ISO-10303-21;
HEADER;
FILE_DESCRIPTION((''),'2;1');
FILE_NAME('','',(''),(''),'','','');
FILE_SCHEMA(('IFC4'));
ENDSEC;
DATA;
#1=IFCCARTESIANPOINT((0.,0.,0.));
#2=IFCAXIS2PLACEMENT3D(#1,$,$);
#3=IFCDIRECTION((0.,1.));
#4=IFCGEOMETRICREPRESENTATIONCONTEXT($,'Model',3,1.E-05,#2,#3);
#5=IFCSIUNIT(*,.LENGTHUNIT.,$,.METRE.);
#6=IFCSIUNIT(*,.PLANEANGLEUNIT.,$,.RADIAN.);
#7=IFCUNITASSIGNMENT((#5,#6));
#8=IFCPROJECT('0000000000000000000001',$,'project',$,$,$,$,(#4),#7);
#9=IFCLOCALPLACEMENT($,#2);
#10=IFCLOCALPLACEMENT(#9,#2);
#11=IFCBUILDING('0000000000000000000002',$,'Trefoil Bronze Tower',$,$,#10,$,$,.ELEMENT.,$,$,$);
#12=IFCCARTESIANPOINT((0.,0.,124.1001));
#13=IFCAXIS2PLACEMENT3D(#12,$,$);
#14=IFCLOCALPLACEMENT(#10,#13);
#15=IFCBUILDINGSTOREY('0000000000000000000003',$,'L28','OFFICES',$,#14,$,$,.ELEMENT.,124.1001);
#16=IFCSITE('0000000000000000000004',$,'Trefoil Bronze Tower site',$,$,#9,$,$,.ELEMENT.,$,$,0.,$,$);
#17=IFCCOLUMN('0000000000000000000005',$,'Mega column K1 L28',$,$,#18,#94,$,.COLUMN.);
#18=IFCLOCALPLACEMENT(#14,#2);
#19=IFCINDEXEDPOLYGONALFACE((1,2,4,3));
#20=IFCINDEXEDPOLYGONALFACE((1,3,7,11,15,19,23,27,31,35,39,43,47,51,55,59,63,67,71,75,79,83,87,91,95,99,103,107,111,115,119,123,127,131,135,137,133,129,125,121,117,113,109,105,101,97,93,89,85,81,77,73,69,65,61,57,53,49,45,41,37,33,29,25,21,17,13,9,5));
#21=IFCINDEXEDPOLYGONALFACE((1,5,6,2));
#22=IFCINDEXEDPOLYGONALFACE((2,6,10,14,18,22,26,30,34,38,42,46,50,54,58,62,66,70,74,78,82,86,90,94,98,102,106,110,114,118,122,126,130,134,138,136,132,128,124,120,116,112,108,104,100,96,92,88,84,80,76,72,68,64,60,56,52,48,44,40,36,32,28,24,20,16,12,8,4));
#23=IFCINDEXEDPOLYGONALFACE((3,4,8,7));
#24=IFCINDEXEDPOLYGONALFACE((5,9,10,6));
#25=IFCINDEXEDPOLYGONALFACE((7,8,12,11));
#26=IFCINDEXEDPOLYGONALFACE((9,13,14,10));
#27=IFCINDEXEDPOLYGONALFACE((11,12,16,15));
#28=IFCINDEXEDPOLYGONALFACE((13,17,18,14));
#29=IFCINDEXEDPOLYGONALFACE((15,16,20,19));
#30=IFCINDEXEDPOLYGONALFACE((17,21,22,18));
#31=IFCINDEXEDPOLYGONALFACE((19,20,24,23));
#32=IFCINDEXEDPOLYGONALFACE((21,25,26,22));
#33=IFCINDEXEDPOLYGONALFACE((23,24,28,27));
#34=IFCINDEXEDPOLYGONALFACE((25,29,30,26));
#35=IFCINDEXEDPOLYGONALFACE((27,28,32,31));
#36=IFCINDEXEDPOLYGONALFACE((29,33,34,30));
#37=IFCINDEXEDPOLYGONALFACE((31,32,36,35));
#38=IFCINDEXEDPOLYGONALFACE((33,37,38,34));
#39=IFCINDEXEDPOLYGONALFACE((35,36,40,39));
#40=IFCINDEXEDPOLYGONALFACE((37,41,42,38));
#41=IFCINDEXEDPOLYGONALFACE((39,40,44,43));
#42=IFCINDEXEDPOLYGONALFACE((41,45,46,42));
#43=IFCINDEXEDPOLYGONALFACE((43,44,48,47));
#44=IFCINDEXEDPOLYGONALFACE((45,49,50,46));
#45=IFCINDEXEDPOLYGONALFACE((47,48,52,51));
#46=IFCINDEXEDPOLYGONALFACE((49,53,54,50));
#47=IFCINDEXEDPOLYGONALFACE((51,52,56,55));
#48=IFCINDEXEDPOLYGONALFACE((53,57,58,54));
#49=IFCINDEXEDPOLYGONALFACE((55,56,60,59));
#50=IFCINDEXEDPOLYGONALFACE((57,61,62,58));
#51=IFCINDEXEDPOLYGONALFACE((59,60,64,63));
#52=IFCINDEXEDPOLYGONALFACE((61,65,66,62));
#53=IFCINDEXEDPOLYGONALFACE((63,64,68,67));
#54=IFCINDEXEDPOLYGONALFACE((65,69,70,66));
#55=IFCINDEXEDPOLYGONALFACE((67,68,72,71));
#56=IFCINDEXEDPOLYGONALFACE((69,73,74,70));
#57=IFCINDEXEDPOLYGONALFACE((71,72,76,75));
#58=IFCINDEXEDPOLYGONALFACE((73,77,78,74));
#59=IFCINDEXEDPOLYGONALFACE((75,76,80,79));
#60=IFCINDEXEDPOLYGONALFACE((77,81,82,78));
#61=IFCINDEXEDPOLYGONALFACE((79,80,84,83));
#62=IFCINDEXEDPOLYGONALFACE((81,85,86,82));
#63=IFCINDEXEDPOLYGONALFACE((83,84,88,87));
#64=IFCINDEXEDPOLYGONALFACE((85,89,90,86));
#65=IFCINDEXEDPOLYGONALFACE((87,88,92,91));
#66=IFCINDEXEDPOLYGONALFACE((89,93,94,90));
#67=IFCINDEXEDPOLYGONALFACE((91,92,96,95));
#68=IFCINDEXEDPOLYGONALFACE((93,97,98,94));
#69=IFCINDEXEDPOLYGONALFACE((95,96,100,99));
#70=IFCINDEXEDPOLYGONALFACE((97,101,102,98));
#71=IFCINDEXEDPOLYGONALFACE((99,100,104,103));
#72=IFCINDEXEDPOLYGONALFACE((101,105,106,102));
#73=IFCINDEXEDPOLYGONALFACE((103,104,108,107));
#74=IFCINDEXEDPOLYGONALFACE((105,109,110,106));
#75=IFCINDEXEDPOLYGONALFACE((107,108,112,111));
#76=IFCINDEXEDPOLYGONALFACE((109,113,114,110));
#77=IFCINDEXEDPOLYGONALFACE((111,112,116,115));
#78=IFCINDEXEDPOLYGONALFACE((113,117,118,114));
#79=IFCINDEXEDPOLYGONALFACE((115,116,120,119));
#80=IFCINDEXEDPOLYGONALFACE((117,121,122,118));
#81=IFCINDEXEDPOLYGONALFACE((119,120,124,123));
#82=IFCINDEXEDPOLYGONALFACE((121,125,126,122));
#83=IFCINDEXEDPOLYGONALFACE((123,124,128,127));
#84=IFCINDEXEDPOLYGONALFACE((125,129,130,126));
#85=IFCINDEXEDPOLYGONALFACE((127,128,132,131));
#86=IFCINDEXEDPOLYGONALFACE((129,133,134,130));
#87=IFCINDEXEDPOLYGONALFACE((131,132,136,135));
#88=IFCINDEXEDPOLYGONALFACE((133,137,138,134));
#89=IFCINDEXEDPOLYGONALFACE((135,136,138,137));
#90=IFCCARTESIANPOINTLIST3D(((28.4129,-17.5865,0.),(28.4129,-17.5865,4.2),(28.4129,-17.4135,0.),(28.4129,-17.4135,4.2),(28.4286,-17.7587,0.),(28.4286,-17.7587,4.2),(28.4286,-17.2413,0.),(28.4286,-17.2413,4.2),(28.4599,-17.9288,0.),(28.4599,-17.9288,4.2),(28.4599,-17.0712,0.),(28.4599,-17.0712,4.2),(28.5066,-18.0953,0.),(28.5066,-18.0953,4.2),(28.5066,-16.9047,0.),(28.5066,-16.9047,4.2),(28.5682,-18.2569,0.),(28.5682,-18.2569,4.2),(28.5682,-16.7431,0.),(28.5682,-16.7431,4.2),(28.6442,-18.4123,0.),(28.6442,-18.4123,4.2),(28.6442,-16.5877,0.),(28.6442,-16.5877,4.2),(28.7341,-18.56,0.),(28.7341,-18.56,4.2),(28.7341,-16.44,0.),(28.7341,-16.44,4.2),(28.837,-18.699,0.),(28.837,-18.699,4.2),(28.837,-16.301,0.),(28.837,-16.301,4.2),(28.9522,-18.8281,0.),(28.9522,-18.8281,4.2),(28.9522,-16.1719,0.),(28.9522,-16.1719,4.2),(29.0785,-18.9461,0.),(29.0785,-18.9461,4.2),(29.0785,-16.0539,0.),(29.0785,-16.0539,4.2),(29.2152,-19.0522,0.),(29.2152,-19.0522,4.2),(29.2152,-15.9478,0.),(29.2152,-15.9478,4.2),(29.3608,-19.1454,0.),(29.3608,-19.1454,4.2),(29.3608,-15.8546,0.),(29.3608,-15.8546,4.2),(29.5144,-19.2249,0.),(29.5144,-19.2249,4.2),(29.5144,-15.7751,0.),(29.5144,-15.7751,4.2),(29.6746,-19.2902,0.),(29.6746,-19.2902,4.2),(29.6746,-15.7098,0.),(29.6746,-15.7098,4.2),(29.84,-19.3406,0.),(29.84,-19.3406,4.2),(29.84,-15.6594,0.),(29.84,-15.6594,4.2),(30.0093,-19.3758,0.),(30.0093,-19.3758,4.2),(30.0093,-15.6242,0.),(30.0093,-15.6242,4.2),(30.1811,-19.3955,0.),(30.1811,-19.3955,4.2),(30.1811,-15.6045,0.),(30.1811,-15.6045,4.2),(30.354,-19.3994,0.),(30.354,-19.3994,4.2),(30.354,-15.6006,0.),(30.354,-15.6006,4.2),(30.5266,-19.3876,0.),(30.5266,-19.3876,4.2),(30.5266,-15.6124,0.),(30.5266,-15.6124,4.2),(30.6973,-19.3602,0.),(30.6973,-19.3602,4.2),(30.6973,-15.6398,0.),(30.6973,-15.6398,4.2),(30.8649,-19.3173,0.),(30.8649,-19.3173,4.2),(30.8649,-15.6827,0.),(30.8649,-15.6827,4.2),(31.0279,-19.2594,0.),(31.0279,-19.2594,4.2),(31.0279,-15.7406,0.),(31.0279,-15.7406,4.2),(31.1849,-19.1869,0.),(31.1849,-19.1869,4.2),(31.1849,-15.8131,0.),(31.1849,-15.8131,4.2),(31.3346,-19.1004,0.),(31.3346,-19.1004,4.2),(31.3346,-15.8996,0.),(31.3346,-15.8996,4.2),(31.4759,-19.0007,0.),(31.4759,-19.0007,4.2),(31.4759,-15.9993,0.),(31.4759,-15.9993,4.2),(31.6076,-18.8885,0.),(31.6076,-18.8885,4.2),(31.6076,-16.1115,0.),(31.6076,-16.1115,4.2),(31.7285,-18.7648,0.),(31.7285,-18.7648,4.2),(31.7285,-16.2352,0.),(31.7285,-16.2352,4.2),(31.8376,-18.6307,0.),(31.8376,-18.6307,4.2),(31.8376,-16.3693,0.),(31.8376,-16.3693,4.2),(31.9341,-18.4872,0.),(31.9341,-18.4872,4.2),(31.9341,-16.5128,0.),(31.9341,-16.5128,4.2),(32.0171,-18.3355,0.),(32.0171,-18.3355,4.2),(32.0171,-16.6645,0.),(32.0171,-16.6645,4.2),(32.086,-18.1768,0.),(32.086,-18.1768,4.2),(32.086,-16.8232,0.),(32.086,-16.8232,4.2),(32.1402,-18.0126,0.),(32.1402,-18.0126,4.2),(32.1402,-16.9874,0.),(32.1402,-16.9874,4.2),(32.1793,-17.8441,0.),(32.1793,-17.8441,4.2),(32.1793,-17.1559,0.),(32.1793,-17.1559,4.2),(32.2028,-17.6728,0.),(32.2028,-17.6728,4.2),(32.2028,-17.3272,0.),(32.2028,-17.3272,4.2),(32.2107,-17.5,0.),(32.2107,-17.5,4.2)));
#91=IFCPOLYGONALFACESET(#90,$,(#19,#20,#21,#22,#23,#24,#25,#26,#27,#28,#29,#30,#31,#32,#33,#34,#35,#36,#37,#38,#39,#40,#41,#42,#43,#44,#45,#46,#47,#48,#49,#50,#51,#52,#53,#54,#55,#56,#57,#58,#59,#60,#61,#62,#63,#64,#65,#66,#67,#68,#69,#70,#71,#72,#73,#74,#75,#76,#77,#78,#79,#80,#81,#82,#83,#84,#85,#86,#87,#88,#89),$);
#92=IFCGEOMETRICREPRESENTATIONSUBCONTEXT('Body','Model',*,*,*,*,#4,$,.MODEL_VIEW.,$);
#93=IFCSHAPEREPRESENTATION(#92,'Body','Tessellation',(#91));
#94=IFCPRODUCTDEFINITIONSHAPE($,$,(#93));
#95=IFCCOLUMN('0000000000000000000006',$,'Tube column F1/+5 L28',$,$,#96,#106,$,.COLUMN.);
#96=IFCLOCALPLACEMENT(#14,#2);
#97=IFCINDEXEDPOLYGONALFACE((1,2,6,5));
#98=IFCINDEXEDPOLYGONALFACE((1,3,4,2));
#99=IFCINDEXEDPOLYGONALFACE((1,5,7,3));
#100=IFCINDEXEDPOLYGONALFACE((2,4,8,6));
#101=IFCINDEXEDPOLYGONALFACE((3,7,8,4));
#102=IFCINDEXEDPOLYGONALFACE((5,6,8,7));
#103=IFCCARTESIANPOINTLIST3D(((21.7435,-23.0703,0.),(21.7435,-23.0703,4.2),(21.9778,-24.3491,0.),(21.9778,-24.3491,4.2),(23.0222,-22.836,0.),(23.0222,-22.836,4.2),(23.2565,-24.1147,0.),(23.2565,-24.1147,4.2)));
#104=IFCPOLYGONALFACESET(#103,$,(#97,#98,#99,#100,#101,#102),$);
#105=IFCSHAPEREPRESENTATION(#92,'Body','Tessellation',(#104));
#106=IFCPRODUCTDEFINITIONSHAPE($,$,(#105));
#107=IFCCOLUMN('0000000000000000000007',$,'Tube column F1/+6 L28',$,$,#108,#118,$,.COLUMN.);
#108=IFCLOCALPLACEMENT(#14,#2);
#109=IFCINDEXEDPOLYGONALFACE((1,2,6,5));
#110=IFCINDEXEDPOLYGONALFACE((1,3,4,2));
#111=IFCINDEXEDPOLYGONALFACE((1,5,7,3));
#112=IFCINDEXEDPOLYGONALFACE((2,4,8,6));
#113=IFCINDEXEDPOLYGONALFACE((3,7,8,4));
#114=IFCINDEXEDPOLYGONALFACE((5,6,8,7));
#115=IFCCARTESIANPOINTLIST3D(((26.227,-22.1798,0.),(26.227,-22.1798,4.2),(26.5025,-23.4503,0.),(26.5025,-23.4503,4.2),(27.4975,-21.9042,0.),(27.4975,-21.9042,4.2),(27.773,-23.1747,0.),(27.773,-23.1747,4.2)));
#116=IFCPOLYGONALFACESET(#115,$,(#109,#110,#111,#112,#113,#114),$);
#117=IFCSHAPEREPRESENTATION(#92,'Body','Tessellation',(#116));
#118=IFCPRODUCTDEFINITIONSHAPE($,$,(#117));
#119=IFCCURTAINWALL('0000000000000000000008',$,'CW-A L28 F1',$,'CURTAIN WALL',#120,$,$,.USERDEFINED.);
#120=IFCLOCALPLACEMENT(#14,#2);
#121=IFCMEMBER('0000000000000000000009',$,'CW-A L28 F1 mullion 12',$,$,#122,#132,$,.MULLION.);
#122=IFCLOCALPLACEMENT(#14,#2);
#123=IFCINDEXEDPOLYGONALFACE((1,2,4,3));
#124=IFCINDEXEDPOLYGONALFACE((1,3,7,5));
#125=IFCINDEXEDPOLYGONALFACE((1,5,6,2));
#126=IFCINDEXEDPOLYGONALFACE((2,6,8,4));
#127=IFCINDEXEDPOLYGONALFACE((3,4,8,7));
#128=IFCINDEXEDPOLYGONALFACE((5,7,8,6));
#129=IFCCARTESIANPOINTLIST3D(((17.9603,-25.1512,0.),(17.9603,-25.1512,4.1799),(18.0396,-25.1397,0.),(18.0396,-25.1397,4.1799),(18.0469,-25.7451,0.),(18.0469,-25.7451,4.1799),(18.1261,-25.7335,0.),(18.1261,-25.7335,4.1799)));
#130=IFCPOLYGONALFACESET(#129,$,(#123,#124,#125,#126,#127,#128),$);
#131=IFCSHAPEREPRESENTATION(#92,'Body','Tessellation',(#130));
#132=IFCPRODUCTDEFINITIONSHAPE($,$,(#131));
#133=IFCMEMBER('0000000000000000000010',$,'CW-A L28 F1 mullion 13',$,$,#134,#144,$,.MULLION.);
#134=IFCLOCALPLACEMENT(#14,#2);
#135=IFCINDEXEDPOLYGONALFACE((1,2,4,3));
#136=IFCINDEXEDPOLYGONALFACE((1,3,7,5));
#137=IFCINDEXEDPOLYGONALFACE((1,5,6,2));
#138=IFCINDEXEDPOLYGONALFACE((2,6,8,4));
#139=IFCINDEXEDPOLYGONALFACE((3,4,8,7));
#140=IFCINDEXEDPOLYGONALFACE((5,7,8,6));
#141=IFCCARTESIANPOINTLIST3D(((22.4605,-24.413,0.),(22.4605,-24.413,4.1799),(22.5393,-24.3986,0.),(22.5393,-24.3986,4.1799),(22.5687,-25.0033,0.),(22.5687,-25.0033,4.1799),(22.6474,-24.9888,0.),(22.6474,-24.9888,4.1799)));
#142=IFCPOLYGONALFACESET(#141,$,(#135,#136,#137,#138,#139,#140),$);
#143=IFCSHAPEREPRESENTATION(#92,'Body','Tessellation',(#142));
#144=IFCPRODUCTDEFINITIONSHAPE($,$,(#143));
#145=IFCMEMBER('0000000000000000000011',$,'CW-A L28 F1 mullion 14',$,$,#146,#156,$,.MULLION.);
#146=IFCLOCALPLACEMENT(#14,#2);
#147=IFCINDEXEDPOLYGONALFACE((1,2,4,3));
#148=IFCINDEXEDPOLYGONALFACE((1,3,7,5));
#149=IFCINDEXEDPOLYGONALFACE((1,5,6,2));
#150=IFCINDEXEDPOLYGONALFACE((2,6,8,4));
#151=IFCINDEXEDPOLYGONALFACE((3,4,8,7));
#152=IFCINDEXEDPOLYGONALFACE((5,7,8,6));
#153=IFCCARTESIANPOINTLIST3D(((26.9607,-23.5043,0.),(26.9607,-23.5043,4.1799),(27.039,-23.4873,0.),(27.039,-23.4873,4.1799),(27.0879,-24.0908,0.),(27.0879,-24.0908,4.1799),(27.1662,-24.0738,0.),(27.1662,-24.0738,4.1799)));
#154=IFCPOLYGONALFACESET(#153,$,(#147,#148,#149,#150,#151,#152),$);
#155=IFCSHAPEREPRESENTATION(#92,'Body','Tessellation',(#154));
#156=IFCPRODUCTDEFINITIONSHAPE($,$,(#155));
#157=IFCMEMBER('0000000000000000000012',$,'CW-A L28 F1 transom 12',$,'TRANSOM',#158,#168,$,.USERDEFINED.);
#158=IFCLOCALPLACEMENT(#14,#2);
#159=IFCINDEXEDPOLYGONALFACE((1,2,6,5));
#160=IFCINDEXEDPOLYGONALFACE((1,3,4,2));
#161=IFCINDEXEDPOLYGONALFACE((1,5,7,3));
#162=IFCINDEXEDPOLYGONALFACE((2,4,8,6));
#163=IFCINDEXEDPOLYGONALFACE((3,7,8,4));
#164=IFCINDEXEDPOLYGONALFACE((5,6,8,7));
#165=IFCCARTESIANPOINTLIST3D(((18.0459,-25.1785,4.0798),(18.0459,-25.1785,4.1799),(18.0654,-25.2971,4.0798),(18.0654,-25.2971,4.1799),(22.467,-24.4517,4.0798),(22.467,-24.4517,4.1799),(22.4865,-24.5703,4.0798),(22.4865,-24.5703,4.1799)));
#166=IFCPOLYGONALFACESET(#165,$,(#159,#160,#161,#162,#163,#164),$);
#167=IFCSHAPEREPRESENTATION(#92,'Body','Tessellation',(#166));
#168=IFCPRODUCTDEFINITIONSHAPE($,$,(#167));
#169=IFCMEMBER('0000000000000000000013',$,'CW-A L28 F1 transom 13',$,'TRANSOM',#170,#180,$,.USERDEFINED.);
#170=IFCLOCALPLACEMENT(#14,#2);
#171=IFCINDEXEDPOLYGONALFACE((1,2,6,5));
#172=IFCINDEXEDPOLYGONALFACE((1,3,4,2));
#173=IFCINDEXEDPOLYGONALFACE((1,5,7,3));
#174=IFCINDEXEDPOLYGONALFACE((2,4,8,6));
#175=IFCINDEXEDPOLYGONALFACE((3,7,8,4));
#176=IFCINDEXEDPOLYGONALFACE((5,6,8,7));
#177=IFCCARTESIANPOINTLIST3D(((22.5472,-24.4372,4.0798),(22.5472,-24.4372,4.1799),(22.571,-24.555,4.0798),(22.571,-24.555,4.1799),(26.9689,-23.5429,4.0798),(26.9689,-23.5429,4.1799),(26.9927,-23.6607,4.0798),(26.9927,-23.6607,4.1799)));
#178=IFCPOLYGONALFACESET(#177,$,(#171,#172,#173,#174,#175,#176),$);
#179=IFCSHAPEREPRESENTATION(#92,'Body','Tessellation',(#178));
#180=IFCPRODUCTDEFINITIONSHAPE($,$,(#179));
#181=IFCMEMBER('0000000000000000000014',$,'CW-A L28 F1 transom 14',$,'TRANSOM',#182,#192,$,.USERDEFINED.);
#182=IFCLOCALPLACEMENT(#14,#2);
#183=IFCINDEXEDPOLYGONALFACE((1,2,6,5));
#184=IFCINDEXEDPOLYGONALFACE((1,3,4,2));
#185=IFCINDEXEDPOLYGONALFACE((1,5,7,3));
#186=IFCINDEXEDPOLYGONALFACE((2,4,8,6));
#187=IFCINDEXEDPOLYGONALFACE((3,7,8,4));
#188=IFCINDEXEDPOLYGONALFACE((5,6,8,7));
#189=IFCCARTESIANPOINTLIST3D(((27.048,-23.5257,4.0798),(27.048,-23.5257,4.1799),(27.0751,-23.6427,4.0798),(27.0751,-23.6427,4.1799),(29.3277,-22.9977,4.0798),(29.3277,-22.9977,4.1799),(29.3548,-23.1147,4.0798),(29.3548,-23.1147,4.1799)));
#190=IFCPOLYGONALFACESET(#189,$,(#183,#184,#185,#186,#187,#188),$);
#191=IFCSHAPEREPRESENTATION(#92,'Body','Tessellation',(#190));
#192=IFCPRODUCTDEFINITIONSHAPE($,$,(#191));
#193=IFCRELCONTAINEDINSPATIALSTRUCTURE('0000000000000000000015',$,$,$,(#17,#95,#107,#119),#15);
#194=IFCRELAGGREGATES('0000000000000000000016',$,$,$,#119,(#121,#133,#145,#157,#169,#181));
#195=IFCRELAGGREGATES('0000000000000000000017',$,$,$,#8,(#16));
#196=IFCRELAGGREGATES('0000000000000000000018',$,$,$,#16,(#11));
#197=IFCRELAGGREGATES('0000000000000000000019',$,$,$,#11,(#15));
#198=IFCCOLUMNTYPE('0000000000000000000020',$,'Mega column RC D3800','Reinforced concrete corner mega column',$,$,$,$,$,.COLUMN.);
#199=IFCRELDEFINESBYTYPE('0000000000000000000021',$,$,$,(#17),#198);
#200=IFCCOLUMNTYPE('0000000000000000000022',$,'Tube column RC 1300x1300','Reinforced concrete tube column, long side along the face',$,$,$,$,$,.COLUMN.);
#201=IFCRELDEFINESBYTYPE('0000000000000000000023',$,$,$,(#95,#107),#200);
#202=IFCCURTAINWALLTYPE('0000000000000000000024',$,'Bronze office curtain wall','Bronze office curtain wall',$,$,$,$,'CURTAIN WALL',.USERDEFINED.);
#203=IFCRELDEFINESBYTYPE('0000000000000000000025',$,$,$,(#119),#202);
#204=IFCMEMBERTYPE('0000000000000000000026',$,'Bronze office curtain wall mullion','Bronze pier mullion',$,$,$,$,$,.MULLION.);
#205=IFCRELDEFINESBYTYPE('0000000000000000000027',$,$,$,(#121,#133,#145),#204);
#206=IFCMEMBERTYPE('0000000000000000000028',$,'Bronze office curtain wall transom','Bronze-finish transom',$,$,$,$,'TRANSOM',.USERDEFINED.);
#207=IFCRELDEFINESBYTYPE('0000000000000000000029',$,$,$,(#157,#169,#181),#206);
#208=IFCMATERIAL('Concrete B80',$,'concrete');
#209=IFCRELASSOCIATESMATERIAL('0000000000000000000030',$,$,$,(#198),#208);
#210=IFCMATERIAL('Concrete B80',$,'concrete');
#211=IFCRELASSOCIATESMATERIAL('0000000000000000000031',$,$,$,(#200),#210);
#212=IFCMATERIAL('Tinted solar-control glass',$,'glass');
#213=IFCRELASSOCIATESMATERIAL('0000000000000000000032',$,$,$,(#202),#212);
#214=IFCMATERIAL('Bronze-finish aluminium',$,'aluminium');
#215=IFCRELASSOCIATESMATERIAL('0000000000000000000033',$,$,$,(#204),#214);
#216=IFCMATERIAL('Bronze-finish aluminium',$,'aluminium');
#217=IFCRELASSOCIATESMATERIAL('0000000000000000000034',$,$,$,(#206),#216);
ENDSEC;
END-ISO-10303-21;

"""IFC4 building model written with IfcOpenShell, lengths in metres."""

from ifc_helpers import new_model, si_unit, direction, frame, origin, origin_2d, place, context, subcontext, project, spatial, rectangle, circle, extrude, material, material_profile, profile_set, type_object, element, aggregate, save


model = new_model("IFC4")

# Units and contexts
model_context = context("Model", 3, precision=1e-05, world=origin(), true_north=direction((0.0, 1.0)))
body_context = subcontext(model_context, "Body", "Model", "MODEL_VIEW")
ifc_project = project(units=[si_unit("LENGTHUNIT", "METRE"), si_unit("PLANEANGLEUNIT", "RADIAN")], contexts=[model_context])

# Site, building, storey
site_placement = place(None, origin())
site = spatial("IfcSite", under=ifc_project, at=site_placement, Name="Trefoil Bronze Tower site", CompositionType="ELEMENT", RefElevation=0.0)
building_placement = place(site_placement, origin())
building = spatial("IfcBuilding", under=site, at=building_placement, Name="Trefoil Bronze Tower", CompositionType="ELEMENT")
storey_placement = place(building_placement, frame((0.0, 0.0, 124.1001)))
storey = spatial("IfcBuildingStorey", under=building, at=storey_placement, Name="L28", Description="OFFICES", CompositionType="ELEMENT", Elevation=124.1001)

# Columns
ifc_material_1 = material(Name="Concrete B80", Category="concrete")
ifc_material_profile_1 = material_profile(ifc_material_1, circle(Radius=1.8999, at=origin_2d()), Name="RC D3800")
ifc_profile_set_1 = profile_set([ifc_material_profile_1], Name="Concrete B80")
column_type_1 = type_object("IfcColumnType", Name="Mega column RC D3800", Description="Reinforced concrete corner mega column", PredefinedType="COLUMN", material=ifc_profile_set_1)
column_placement = place(storey_placement, frame((30.3108, -17.5, 0.0), z_axis=(0.0, 0.0, 1.0), x_axis=(1.0, 0.0, 0.0)))
element("IfcColumn", 1, at=column_placement, inside=storey, type_object=column_type_1, Name="Mega column K1 L28", PredefinedType="COLUMN", context=body_context, shape_type="SweptSolid", body=[
    extrude(circle(Radius=1.8999, at=origin_2d()), origin(), (0.0, 0.0, 1.0), 4.2),
])
ifc_material_2 = material(Name="Concrete B80", Category="concrete")
ifc_material_profile_2 = material_profile(ifc_material_2, rectangle(XDim=1.3, YDim=1.3, at=origin_2d()), Name="RC 1300x1300")
ifc_profile_set_2 = profile_set([ifc_material_profile_2], Name="Concrete B80")
column_type_2 = type_object("IfcColumnType", Name="Tube column RC 1300x1300", Description="Reinforced concrete tube column, long side along the face", PredefinedType="COLUMN", material=ifc_profile_set_2)
for number, where, z_axis, x_axis, name in (
    (2, (22.5, -23.5925, 0.0), (0.0, 0.0, 1.0), (0.983623, 0.180241, 0.0), "Tube column F1/+5 L28"),
    (3, (27.0, -22.6772, 0.0), (0.0, 0.0, 1.0), (0.977276, 0.21197, 0.0), "Tube column F1/+6 L28"),
):
    element("IfcColumn", number, at=place(storey_placement, frame(where, z_axis=z_axis, x_axis=x_axis)), inside=storey, type_object=column_type_2, Name=name, PredefinedType="COLUMN", context=body_context, shape_type="SweptSolid", body=[
        extrude(rectangle(XDim=1.3, YDim=1.3, at=origin_2d()), origin(), (0.0, 0.0, 1.0), 4.2),
    ])

# Curtain wall, members
ifc_material_3 = material(Name="Tinted solar-control glass", Category="glass")
curtain_wall_type_1 = type_object("IfcCurtainWallType", Name="Bronze office curtain wall", Description="Bronze office curtain wall", ElementType="CURTAIN WALL", PredefinedType="USERDEFINED", material=ifc_material_3)
curtain_wall_1_placement = place(storey_placement, origin())
curtain_wall_1 = element("IfcCurtainWall", 4, at=curtain_wall_1_placement, inside=storey, type_object=curtain_wall_type_1, Name="CW-A L28 F1", ObjectType="CURTAIN WALL", PredefinedType="USERDEFINED")
ifc_material_4 = material(Name="Bronze-finish aluminium", Category="aluminium")
ifc_material_profile_3 = material_profile(ifc_material_4, rectangle(XDim=0.6001, YDim=0.0801, at=origin_2d()), Name="CW-A mullion")
ifc_profile_set_3 = profile_set([ifc_material_profile_3], Name="Bronze-finish aluminium")
member_type_1 = type_object("IfcMemberType", Name="Bronze office curtain wall mullion", Description="Bronze pier mullion", PredefinedType="MULLION", material=ifc_profile_set_3)
member_1_placement = place(storey_placement, frame((18.0432, -25.4424, 0.0), z_axis=(0.0, 0.0, 1.0), x_axis=(-0.144192, 0.98955, 0.0)))
member_1 = element("IfcMember", 5, at=member_1_placement, type_object=member_type_1, Name="CW-A L28 F1 mullion 12", PredefinedType="MULLION", context=body_context, shape_type="SweptSolid", body=[
    extrude(rectangle(XDim=0.6001, YDim=0.0801, at=origin_2d()), origin(), (0.0, 0.0, 1.0), 4.1799),
])
member_2_placement = place(storey_placement, frame((22.554, -24.7009, 0.0), z_axis=(0.0, 0.0, 1.0), x_axis=(-0.180241, 0.983623, 0.0)))
member_2 = element("IfcMember", 6, at=member_2_placement, type_object=member_type_1, Name="CW-A L28 F1 mullion 13", PredefinedType="MULLION", context=body_context, shape_type="SweptSolid", body=[
    extrude(rectangle(XDim=0.6001, YDim=0.0801, at=origin_2d()), origin(), (0.0, 0.0, 1.0), 4.1799),
])
member_3_placement = place(storey_placement, frame((27.0635, -23.7891, 0.0), z_axis=(0.0, 0.0, 1.0), x_axis=(-0.21197, 0.977276, 0.0)))
member_3 = element("IfcMember", 7, at=member_3_placement, type_object=member_type_1, Name="CW-A L28 F1 mullion 14", PredefinedType="MULLION", context=body_context, shape_type="SweptSolid", body=[
    extrude(rectangle(XDim=0.6001, YDim=0.0801, at=origin_2d()), origin(), (0.0, 0.0, 1.0), 4.1799),
])
ifc_material_5 = material(Name="Bronze-finish aluminium", Category="aluminium")
ifc_material_profile_4 = material_profile(ifc_material_5, rectangle(XDim=0.1201, YDim=0.1001, at=origin_2d()), Name="CW-A transom")
ifc_profile_set_4 = profile_set([ifc_material_profile_4], Name="Bronze-finish aluminium")
member_type_2 = type_object("IfcMemberType", Name="Bronze office curtain wall transom", Description="Bronze-finish transom", ElementType="TRANSOM", PredefinedType="USERDEFINED", material=ifc_profile_set_4)
member_4_placement = place(storey_placement, frame((18.0557, -25.2378, 4.1299), z_axis=(0.986755, 0.162216, 0.0), x_axis=(-0.162216, 0.986755, 0.0)))
member_4 = element("IfcMember", 8, at=member_4_placement, type_object=member_type_2, Name="CW-A L28 F1 transom 12", ObjectType="TRANSOM", PredefinedType="USERDEFINED", context=body_context, shape_type="SweptSolid", body=[
    extrude(rectangle(XDim=0.1201, YDim=0.1001, at=origin_2d()), origin(), (0.0, 0.0, 1.0), 4.4805),
])
member_5_placement = place(storey_placement, frame((22.5591, -24.4961, 4.1299), z_axis=(0.980154, 0.198239, 0.0), x_axis=(-0.198239, 0.980154, 0.0)))
member_5 = element("IfcMember", 9, at=member_5_placement, type_object=member_type_2, Name="CW-A L28 F1 transom 13", ObjectType="TRANSOM", PredefinedType="USERDEFINED", context=body_context, shape_type="SweptSolid", body=[
    extrude(rectangle(XDim=0.1201, YDim=0.1001, at=origin_2d()), origin(), (0.0, 0.0, 1.0), 4.5112),
])
member_6_placement = place(storey_placement, frame((27.0615, -23.5842, 4.1299), z_axis=(0.974206, 0.225659, 0.0), x_axis=(-0.225659, 0.974206, 0.0)))
member_6 = element("IfcMember", 10, at=member_6_placement, type_object=member_type_2, Name="CW-A L28 F1 transom 14", ObjectType="TRANSOM", PredefinedType="USERDEFINED", context=body_context, shape_type="SweptSolid", body=[
    extrude(rectangle(XDim=0.1201, YDim=0.1001, at=origin_2d()), origin(), (0.0, 0.0, 1.0), 2.3401),
])

aggregate(curtain_wall_1, [member_1, member_2, member_3, member_4, member_5, member_6])

save(model, "model.ifc")
